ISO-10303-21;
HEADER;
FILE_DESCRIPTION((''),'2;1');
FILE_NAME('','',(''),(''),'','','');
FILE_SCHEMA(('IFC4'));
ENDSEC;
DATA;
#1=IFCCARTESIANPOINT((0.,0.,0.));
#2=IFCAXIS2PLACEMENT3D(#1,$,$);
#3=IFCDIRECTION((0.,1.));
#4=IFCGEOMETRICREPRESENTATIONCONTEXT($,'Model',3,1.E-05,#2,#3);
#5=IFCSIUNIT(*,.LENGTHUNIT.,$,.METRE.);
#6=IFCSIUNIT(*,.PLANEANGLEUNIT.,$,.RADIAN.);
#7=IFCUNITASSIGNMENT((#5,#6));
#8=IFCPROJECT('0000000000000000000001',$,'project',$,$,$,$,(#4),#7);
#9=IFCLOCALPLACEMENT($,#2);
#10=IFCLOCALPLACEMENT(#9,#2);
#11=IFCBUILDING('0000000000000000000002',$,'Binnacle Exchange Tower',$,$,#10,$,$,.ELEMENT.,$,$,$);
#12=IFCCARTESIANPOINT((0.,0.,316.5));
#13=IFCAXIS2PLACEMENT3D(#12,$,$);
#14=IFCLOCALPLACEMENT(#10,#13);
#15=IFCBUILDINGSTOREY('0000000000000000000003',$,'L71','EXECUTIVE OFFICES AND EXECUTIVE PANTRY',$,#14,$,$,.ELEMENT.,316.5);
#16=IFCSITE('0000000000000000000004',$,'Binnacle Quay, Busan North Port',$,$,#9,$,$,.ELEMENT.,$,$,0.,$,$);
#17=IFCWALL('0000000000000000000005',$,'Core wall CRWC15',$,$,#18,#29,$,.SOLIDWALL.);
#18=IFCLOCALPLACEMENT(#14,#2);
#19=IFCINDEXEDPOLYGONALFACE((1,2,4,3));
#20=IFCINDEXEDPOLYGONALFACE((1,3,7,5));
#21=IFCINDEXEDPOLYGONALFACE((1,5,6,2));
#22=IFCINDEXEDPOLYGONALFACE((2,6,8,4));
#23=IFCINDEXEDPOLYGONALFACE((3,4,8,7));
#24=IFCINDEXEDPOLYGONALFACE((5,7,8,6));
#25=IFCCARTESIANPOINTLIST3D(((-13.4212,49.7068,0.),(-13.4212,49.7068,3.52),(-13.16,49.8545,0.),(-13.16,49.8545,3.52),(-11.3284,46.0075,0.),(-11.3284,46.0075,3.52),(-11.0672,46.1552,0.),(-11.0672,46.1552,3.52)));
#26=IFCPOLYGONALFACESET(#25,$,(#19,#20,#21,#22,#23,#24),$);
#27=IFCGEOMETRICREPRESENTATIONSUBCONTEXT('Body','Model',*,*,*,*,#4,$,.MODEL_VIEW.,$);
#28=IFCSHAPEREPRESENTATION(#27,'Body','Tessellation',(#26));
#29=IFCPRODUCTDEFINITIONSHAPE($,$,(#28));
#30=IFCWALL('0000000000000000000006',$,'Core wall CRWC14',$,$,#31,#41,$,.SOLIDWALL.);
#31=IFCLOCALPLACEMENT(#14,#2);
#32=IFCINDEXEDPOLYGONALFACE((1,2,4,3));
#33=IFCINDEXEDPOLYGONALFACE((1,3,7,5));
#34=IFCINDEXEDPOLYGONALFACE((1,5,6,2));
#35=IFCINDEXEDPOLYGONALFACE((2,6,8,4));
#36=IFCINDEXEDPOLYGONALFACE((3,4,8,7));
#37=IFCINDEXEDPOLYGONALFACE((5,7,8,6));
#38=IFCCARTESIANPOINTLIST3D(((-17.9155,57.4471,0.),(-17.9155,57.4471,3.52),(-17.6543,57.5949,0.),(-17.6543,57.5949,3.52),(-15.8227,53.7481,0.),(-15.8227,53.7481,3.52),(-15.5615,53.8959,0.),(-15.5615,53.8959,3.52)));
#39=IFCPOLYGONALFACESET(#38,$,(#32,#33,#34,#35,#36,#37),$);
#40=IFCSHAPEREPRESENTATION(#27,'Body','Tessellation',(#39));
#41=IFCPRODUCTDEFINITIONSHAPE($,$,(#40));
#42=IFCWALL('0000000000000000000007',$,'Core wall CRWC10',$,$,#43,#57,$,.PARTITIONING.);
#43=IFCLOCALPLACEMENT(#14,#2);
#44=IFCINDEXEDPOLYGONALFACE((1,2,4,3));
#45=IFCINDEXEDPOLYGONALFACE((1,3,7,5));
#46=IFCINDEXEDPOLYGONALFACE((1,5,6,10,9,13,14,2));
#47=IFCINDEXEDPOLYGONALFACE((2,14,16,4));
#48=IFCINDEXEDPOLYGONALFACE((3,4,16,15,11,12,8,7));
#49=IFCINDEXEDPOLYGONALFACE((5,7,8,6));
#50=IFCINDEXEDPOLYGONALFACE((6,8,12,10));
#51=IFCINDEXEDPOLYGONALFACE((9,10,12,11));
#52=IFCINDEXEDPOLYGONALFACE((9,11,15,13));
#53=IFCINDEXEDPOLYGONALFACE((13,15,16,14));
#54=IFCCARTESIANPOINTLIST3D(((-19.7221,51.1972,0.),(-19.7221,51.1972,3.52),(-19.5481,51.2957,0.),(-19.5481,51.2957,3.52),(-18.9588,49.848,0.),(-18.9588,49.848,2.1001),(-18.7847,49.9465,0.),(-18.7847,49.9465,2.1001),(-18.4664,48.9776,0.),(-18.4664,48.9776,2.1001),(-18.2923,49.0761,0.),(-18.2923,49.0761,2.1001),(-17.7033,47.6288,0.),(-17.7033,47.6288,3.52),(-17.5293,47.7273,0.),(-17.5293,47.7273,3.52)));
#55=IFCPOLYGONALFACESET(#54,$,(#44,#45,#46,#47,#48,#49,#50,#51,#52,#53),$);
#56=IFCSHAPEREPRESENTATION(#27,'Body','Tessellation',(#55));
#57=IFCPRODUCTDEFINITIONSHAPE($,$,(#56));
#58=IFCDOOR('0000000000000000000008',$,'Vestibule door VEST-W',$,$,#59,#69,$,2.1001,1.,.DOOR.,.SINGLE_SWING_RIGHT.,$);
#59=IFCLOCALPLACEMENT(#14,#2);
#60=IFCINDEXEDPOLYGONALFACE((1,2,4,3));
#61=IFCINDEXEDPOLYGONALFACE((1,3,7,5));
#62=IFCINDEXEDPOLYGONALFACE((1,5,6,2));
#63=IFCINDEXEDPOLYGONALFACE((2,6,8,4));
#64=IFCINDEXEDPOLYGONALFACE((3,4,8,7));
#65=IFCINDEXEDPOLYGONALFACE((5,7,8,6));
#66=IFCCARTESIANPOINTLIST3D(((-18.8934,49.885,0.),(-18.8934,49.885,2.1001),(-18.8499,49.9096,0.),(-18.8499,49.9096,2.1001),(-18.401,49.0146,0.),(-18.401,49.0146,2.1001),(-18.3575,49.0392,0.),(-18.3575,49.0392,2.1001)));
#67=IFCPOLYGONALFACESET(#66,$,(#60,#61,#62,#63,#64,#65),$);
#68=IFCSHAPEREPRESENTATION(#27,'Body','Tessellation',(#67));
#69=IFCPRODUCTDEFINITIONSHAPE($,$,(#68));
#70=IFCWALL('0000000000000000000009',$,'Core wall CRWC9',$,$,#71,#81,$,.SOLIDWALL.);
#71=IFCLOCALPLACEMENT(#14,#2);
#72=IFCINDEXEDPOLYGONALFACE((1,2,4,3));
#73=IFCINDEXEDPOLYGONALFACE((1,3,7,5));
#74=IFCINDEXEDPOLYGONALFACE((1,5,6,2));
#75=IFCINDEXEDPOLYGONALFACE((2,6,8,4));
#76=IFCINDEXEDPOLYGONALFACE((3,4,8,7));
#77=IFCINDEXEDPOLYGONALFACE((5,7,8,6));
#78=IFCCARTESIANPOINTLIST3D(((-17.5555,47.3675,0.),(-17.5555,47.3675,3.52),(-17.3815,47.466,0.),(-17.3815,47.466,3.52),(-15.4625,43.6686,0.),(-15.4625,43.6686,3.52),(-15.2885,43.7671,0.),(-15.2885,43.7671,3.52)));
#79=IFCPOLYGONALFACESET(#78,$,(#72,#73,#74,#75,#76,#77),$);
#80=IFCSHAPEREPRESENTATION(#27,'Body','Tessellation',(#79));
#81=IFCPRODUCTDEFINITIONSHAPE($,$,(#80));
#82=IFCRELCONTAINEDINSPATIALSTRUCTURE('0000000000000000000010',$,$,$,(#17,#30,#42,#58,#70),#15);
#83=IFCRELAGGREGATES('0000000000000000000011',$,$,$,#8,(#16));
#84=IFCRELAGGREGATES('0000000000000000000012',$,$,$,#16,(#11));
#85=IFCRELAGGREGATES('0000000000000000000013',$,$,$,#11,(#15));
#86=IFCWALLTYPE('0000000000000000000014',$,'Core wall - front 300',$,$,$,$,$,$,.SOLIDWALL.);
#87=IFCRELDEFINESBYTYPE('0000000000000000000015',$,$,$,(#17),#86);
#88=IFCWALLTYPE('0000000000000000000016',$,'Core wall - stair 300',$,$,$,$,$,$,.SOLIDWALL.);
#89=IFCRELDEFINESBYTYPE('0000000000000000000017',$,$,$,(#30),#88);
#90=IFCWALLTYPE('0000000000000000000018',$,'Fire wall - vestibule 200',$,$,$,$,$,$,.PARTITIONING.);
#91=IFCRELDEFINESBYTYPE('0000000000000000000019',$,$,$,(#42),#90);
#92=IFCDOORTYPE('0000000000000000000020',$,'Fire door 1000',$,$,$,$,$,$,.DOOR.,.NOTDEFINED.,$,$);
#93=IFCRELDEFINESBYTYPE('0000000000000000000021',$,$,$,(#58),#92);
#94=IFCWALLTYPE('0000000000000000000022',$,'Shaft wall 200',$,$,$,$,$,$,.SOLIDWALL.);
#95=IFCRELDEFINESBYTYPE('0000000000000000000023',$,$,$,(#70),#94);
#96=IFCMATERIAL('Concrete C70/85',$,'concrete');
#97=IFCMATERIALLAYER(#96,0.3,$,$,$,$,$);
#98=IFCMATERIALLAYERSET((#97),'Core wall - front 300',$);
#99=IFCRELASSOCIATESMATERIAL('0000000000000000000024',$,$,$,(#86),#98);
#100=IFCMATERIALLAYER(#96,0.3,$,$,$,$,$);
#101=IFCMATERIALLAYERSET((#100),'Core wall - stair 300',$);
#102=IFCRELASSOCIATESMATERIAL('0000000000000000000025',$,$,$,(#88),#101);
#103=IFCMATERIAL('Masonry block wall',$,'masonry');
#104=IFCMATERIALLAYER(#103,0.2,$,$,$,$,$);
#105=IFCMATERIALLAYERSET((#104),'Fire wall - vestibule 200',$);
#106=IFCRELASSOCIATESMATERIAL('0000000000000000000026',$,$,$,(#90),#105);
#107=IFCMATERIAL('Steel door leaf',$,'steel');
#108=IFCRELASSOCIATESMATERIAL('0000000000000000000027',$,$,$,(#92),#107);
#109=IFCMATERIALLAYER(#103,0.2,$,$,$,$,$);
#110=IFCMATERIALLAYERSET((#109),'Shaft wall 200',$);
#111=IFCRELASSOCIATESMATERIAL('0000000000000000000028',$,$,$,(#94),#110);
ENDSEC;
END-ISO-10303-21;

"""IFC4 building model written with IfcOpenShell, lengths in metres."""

from ifc_helpers import new_model, si_unit, direction, frame, frame_2d, origin, place, context, subcontext, project, spatial, rectangle, extrude, material, layer, layer_set, type_object, element, fill, save


model = new_model("IFC4")

# Units and contexts
model_context = context("Model", 3, precision=1e-05, world=origin(), true_north=direction((0.0, 1.0)))
body_context = subcontext(model_context, "Body", "Model", "MODEL_VIEW")
ifc_project = project(units=[si_unit("LENGTHUNIT", "METRE"), si_unit("PLANEANGLEUNIT", "RADIAN")], contexts=[model_context])

# Site, building, storey
site_placement = place(None, origin())
site = spatial("IfcSite", under=ifc_project, at=site_placement, Name="Binnacle Quay, Busan North Port", CompositionType="ELEMENT", RefElevation=0.0)
building_placement = place(site_placement, origin())
building = spatial("IfcBuilding", under=site, at=building_placement, Name="Binnacle Exchange Tower", CompositionType="ELEMENT")
storey_placement = place(building_placement, frame((0.0, 0.0, 316.5)))
storey = spatial("IfcBuildingStorey", under=building, at=storey_placement, Name="L71", Description="EXECUTIVE OFFICES AND EXECUTIVE PANTRY", CompositionType="ELEMENT", Elevation=316.5)

# Shared definitions
ifc_material_1 = material(Name="Concrete C70/85", Category="concrete")
ifc_layer_1 = layer(ifc_material_1, 0.3)
ifc_layer_set_1 = layer_set([ifc_layer_1], Name="Core wall - front 300")
wall_type_1 = type_object("IfcWallType", Name="Core wall - front 300", PredefinedType="SOLIDWALL", material=ifc_layer_set_1)
ifc_material_2 = material(Name="Steel door leaf", Category="steel")

# Walls
wall_1_placement = place(storey_placement, frame((-13.2905, 49.7805, 0.0), z_axis=(0.0, 0.0, 1.0), x_axis=(0.492398, -0.87037, 0.0)))
element("IfcWall", 1, at=wall_1_placement, inside=storey, type_object=wall_type_1, Name="Core wall CRWC15", PredefinedType="SOLIDWALL", context=body_context, shape_type="SweptSolid", body=[
    extrude(rectangle(XDim=4.2502, YDim=0.3, at=frame_2d((2.125, 0.0))), origin(), (0.0, 0.0, 1.0), 3.52),
])
ifc_layer_2 = layer(ifc_material_1, 0.3)
ifc_layer_set_2 = layer_set([ifc_layer_2], Name="Core wall - stair 300")
wall_type_2 = type_object("IfcWallType", Name="Core wall - stair 300", PredefinedType="SOLIDWALL", material=ifc_layer_set_2)
wall_2_placement = place(storey_placement, frame((-17.7849, 57.521, 0.0), z_axis=(0.0, 0.0, 1.0), x_axis=(0.492423, -0.870356, 0.0)))
element("IfcWall", 2, at=wall_2_placement, inside=storey, type_object=wall_type_2, Name="Core wall CRWC14", PredefinedType="SOLIDWALL", context=body_context, shape_type="SweptSolid", body=[
    extrude(rectangle(XDim=4.25, YDim=0.3, at=frame_2d((2.125, 0.0))), origin(), (0.0, 0.0, 1.0), 3.52),
])

# Wall, opening, door
ifc_material_3 = material(Name="Masonry block wall", Category="masonry")
ifc_layer_3 = layer(ifc_material_3, 0.2)
ifc_layer_set_3 = layer_set([ifc_layer_3], Name="Fire wall - vestibule 200")
wall_type_3 = type_object("IfcWallType", Name="Fire wall - vestibule 200", PredefinedType="PARTITIONING", material=ifc_layer_set_3)
wall_3_placement = place(storey_placement, frame((-19.635, 51.2463, 0.0), z_axis=(0.0, 0.0, 1.0), x_axis=(0.492408, -0.870364, 0.0)))
wall_3 = element("IfcWall", 3, at=wall_3_placement, inside=storey, type_object=wall_type_3, Name="Core wall CRWC10", PredefinedType="PARTITIONING", context=body_context, shape_type="SweptSolid", body=[
    extrude(rectangle(XDim=4.0999, YDim=0.2, at=frame_2d((2.0498, 0.0))), origin(), (0.0, 0.0, 1.0), 3.52),
])
opening_1_placement = place(wall_3_placement, frame((1.55, 0.0, 0.0)))
opening_1 = element("IfcOpeningElement", 4, at=opening_1_placement, cuts=wall_3, PredefinedType="OPENING", context=body_context, shape_type="SweptSolid", body=[
    extrude(rectangle(XDim=1.0, YDim=2.1001, at=frame_2d((0.5, 1.05))), frame((0.0, 0.1099, 0.0), z_axis=(0.0, -1.0, 0.0), x_axis=(1.0, 0.0, 0.0)), (0.0, 0.0, 1.0), 0.22),
])
door_type_1 = type_object("IfcDoorType", Name="Fire door 1000", OperationType="NOTDEFINED", PredefinedType="DOOR", material=ifc_material_2)
door_1_placement = place(opening_1_placement, frame((1.0, 0.0, 0.0), z_axis=(0.0, 0.0, 1.0), x_axis=(-1.0, 0.0, 0.0)))
door_1 = element("IfcDoor", 5, at=door_1_placement, inside=storey, type_object=door_type_1, Name="Vestibule door VEST-W", OperationType="SINGLE_SWING_RIGHT", OverallHeight=2.1001, OverallWidth=1.0, PredefinedType="DOOR", context=body_context, shape_type="SweptSolid", body=[
    extrude(rectangle(XDim=1.0, YDim=2.1001, at=frame_2d((0.5, 1.05))), frame((0.0, 0.0249, 0.0), z_axis=(0.0, -1.0, 0.0), x_axis=(1.0, 0.0, 0.0)), (0.0, 0.0, 1.0), 0.05),
])
fill(opening_1, door_1)

# Wall
ifc_layer_4 = layer(ifc_material_3, 0.2)
ifc_layer_set_4 = layer_set([ifc_layer_4], Name="Shaft wall 200")
wall_type_4 = type_object("IfcWallType", Name="Shaft wall 200", PredefinedType="SOLIDWALL", material=ifc_layer_set_4)
wall_4_placement = place(storey_placement, frame((-17.4685, 47.4167, 0.0), z_axis=(0.0, 0.0, 1.0), x_axis=(0.492466, -0.870332, 0.0)))
element("IfcWall", 6, at=wall_4_placement, inside=storey, type_object=wall_type_4, Name="Core wall CRWC9", PredefinedType="SOLIDWALL", context=body_context, shape_type="SweptSolid", body=[
    extrude(rectangle(XDim=4.25, YDim=0.2, at=frame_2d((2.125, 0.0))), origin(), (0.0, 0.0, 1.0), 3.52),
])

save(model, "model.ifc")
